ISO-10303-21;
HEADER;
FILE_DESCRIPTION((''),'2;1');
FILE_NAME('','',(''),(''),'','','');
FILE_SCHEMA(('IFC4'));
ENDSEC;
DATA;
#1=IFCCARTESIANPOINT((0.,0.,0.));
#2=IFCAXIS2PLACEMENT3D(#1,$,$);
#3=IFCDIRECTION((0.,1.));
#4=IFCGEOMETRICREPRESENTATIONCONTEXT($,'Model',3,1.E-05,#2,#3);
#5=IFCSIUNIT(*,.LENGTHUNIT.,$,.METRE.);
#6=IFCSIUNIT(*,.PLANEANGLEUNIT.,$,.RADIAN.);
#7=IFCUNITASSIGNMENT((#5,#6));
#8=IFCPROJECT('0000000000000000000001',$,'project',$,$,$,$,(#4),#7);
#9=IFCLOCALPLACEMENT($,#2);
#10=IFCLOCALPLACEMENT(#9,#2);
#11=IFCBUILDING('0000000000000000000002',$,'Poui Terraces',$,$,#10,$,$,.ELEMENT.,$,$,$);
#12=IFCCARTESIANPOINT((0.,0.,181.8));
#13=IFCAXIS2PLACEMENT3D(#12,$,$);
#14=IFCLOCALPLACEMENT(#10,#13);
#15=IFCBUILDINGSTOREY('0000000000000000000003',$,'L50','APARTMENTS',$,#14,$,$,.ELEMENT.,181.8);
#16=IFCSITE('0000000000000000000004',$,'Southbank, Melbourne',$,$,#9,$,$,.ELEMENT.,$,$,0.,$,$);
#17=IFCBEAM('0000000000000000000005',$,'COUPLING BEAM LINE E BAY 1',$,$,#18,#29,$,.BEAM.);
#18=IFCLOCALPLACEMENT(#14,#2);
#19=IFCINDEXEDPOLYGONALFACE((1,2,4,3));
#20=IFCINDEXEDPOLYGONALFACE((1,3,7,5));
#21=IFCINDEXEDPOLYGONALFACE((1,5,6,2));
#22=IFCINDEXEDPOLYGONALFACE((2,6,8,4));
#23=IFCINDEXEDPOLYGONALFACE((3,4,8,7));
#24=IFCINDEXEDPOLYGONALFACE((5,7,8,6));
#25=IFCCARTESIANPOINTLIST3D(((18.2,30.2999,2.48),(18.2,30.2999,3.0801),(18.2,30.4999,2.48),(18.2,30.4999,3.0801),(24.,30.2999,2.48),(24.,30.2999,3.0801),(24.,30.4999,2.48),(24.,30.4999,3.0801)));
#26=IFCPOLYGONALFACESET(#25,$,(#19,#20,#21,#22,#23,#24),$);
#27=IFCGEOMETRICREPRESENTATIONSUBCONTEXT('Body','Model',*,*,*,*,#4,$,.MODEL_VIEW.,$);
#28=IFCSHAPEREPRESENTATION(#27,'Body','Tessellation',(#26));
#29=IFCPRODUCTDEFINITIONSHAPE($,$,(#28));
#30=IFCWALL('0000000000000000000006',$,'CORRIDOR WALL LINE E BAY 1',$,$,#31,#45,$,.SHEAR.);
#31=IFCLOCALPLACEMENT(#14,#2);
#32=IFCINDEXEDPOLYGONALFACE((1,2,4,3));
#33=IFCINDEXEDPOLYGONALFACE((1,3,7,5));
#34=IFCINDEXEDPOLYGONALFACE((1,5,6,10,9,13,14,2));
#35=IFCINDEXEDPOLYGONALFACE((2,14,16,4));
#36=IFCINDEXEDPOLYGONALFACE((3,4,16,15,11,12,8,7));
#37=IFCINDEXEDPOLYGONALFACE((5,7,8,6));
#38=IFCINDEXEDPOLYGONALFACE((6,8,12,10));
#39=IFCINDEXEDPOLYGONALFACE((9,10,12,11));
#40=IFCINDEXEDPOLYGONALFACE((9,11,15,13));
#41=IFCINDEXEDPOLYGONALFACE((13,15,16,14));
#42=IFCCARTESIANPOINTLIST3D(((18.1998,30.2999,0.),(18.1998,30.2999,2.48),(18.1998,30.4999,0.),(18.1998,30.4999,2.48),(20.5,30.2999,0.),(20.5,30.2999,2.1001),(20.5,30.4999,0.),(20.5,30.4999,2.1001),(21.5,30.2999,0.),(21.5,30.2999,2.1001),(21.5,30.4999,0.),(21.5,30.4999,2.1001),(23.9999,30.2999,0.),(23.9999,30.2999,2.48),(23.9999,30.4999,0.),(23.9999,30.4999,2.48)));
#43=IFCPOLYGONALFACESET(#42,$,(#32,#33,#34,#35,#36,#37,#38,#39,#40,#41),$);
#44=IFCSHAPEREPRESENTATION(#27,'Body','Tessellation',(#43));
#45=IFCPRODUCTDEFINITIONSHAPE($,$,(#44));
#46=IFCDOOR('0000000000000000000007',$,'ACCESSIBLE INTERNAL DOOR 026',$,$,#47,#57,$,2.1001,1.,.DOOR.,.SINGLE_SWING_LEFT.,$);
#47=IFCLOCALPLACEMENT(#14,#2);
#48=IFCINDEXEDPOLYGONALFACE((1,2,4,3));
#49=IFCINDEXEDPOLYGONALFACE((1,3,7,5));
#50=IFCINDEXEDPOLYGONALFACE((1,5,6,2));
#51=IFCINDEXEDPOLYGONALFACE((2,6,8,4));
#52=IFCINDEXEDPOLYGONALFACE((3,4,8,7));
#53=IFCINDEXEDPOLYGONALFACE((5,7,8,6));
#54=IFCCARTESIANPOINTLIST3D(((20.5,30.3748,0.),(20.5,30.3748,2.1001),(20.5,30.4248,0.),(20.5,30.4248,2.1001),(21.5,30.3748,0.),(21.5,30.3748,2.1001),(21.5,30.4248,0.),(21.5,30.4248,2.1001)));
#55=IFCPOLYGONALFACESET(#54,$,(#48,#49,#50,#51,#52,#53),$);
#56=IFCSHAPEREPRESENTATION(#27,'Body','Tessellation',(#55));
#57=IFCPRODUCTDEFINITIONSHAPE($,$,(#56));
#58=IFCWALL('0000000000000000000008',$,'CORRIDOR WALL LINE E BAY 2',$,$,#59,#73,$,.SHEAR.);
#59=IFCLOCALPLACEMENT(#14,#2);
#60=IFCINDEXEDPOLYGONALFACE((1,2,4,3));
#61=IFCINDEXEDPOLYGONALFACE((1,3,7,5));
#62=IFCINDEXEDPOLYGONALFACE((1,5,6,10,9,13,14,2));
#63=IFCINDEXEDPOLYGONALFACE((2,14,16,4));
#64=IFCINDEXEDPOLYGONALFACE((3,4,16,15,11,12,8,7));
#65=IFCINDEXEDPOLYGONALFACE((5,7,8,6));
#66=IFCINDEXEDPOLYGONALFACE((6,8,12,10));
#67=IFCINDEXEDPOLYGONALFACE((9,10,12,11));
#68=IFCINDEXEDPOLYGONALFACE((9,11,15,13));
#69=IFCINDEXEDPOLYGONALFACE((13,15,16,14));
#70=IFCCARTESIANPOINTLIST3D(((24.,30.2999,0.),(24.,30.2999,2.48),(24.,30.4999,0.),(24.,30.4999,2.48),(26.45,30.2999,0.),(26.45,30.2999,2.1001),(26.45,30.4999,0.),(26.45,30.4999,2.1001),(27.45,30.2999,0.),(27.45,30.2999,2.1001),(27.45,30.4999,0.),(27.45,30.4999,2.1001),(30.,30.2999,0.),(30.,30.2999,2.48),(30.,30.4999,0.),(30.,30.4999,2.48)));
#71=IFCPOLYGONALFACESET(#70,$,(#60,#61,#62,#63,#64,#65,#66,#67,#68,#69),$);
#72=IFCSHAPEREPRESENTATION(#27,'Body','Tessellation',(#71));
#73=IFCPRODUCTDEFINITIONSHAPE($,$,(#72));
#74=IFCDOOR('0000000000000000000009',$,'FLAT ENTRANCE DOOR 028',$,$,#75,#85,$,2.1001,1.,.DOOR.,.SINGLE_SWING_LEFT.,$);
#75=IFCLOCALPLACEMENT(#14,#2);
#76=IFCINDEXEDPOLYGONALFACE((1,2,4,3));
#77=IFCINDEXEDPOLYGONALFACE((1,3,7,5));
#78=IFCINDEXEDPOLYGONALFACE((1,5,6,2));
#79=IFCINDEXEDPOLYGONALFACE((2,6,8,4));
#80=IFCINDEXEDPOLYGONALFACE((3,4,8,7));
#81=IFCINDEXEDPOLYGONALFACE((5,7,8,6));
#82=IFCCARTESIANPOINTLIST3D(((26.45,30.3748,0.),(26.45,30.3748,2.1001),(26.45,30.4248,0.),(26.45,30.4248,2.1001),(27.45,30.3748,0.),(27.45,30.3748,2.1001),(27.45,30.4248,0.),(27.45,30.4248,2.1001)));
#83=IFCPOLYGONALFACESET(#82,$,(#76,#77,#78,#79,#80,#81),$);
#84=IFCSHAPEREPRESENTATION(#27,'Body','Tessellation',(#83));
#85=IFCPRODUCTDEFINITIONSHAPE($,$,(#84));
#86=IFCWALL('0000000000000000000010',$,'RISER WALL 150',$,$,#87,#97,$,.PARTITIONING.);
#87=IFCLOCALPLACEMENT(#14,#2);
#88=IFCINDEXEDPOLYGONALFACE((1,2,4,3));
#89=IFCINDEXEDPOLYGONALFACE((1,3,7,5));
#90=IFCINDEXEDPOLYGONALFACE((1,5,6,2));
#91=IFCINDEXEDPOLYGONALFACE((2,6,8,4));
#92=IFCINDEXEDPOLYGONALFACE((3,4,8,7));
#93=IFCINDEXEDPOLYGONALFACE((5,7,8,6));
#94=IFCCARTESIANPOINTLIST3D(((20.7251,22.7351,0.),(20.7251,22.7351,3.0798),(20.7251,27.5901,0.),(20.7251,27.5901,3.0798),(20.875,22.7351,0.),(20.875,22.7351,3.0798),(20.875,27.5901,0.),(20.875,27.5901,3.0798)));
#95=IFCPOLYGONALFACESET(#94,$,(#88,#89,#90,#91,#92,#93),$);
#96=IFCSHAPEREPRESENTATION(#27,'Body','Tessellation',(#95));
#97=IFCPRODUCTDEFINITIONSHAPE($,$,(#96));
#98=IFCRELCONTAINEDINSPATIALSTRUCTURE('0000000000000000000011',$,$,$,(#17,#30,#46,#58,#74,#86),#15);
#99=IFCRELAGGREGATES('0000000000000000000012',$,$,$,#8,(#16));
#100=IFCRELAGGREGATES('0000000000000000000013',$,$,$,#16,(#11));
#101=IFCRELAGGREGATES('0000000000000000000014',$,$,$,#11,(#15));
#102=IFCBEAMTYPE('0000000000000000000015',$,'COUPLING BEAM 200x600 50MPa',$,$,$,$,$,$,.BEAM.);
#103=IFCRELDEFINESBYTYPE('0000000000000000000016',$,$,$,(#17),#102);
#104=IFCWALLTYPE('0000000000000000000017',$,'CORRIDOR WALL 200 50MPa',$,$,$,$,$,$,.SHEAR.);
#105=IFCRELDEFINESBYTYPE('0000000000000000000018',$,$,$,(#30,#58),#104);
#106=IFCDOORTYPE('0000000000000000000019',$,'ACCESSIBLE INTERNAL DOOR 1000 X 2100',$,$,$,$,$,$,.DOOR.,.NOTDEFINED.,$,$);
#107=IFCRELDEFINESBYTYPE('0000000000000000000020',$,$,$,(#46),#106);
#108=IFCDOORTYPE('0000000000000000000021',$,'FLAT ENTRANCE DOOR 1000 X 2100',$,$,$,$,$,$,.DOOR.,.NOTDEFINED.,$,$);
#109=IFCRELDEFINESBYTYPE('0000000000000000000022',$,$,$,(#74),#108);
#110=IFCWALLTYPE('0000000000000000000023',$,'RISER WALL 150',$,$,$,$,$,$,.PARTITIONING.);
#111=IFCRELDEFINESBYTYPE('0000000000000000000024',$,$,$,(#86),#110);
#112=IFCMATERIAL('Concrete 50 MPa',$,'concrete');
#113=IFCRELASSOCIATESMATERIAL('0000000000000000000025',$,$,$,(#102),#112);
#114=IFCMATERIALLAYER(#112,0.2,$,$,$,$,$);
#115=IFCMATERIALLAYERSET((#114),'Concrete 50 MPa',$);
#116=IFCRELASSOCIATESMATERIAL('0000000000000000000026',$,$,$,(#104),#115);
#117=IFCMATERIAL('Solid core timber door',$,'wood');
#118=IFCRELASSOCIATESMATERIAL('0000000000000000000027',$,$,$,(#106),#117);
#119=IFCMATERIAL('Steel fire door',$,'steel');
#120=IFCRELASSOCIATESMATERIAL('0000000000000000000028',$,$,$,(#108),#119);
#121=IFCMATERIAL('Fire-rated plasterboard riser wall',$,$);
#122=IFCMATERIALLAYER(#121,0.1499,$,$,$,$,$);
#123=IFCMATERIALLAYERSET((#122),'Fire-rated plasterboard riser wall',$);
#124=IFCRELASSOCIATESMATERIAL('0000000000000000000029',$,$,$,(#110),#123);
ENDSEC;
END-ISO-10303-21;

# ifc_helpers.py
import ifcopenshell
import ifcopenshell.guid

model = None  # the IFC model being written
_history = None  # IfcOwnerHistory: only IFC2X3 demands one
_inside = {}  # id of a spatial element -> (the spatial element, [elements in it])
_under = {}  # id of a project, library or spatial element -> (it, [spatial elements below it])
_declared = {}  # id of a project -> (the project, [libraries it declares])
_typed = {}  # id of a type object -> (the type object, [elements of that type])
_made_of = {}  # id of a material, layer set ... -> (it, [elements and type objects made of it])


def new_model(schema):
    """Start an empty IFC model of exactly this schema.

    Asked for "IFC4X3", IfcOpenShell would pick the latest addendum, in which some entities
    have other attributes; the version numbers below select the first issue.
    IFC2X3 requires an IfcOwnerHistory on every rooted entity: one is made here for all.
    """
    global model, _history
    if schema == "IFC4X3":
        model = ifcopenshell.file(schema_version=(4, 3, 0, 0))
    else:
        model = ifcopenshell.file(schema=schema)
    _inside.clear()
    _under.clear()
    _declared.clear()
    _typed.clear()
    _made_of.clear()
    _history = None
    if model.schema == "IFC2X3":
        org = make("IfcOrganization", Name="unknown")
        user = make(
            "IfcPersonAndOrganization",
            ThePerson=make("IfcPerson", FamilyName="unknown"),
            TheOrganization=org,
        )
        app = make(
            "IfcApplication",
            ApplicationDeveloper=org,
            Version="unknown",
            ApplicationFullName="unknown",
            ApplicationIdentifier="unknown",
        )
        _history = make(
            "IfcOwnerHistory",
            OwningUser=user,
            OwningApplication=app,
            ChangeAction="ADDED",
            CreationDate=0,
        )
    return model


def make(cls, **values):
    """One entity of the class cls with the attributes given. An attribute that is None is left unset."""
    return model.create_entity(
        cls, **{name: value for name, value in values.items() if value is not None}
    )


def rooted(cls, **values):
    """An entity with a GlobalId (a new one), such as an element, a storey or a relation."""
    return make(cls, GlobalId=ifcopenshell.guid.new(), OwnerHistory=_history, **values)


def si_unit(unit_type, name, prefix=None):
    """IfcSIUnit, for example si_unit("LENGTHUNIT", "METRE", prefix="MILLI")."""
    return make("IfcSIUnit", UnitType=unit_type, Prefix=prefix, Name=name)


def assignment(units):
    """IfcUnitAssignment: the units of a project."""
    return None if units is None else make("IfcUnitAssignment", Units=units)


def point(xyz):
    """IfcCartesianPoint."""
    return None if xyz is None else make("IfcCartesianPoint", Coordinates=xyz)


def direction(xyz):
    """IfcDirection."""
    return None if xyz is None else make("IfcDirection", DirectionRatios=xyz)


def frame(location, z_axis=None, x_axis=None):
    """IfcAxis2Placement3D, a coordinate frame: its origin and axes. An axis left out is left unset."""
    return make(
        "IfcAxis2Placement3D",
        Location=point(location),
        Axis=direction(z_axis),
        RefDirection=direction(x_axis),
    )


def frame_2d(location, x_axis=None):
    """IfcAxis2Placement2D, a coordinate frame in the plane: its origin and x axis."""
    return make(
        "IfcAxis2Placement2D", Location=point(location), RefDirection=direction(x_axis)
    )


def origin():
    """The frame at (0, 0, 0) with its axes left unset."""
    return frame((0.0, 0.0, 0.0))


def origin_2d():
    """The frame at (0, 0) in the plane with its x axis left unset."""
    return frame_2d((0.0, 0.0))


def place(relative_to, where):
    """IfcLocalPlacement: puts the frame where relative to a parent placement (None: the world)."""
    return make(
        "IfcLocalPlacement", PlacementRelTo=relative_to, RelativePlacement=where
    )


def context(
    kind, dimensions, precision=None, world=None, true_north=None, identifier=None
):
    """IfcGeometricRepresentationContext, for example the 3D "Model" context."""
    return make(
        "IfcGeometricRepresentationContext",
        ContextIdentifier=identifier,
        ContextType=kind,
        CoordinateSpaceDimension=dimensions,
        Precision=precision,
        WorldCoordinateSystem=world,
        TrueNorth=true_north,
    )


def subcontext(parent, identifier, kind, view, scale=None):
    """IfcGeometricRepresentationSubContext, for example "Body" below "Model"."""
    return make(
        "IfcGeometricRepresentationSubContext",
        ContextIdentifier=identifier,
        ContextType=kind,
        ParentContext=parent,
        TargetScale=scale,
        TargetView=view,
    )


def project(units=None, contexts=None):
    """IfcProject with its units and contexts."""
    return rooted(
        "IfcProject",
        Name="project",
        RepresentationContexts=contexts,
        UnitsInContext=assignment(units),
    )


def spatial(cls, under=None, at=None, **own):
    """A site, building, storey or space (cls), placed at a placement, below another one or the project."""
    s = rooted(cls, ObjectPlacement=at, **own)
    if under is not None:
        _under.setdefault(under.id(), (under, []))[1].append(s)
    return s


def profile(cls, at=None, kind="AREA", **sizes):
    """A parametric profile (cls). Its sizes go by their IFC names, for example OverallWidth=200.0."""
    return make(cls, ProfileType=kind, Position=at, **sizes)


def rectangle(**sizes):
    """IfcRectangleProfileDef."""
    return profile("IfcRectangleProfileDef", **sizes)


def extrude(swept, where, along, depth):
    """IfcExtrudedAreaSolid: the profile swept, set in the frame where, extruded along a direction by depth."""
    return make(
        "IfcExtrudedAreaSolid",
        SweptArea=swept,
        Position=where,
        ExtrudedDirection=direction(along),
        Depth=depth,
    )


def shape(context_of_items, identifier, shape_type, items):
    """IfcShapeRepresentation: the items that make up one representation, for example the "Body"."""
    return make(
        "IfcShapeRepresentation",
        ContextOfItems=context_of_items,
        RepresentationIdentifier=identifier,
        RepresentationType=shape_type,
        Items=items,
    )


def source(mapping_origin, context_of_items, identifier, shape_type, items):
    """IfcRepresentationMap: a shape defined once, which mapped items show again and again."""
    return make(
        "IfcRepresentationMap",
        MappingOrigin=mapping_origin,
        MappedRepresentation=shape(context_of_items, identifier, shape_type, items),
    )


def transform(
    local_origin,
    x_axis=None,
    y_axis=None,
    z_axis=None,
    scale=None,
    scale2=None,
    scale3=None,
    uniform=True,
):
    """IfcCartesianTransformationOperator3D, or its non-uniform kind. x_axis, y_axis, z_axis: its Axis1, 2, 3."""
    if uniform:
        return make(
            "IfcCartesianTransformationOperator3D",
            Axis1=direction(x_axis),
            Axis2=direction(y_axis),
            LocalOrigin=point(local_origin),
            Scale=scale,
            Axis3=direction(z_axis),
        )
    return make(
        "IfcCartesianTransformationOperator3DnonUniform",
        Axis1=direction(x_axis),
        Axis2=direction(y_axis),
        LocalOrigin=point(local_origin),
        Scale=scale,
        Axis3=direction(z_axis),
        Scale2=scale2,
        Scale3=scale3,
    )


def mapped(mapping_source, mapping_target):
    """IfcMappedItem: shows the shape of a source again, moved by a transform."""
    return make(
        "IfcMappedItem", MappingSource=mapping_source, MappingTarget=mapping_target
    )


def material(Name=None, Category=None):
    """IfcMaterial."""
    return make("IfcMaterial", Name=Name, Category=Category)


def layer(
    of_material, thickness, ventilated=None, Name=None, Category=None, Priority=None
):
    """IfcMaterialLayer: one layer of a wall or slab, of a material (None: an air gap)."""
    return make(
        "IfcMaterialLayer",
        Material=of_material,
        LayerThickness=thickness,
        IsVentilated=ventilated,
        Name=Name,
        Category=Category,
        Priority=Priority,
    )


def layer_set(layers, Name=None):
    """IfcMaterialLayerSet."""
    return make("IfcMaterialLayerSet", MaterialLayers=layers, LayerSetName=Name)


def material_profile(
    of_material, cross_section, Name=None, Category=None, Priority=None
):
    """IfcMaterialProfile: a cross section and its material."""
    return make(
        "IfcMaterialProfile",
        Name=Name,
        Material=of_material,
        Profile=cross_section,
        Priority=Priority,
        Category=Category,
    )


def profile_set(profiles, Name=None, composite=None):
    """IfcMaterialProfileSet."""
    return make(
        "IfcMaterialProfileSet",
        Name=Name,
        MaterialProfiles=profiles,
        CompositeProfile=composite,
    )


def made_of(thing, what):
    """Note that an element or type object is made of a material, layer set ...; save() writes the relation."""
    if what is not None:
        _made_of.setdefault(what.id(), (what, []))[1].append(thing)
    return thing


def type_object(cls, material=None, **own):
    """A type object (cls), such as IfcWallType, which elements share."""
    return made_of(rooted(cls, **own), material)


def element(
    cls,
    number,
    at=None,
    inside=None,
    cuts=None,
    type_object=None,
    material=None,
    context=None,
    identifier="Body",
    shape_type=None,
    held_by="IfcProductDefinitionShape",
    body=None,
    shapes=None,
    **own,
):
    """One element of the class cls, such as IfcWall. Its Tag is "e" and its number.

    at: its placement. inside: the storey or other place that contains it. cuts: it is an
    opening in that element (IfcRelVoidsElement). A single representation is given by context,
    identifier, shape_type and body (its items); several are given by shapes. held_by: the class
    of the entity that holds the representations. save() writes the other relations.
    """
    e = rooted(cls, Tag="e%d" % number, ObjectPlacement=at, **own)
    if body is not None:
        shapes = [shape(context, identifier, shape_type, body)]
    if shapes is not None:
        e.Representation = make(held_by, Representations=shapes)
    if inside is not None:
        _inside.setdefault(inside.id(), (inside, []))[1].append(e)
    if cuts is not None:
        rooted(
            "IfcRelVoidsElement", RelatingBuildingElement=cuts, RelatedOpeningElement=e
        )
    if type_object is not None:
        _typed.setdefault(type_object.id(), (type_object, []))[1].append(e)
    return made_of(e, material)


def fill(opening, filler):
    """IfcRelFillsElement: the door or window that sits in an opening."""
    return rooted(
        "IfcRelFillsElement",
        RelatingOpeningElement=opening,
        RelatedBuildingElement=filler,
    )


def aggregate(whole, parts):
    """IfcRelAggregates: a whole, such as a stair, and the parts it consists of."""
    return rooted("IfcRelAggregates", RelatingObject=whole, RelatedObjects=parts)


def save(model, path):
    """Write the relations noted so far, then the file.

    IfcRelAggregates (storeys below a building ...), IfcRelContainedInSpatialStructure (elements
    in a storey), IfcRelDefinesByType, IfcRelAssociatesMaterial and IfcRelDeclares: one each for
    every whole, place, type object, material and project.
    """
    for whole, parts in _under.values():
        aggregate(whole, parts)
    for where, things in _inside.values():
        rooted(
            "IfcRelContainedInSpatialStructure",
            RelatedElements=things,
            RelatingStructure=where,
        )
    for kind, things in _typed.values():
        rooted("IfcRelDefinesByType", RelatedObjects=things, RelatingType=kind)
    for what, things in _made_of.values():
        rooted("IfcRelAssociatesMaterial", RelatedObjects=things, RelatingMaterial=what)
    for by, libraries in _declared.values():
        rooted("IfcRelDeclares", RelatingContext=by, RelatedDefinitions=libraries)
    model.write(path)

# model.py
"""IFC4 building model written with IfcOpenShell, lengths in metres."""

from ifc_helpers import new_model, si_unit, direction, frame, frame_2d, origin, origin_2d, place, context, subcontext, project, spatial, rectangle, extrude, source, transform, mapped, material, layer, layer_set, material_profile, profile_set, type_object, element, fill, save


model = new_model("IFC4")

# Units and contexts
model_context = context("Model", 3, precision=1e-05, world=origin(), true_north=direction((0.0, 1.0)))
body_context = subcontext(model_context, "Body", "Model", "MODEL_VIEW")
ifc_project = project(units=[si_unit("LENGTHUNIT", "METRE"), si_unit("PLANEANGLEUNIT", "RADIAN")], contexts=[model_context])

# Site, building, storey
site_placement = place(None, origin())
site = spatial("IfcSite", under=ifc_project, at=site_placement, Name="Southbank, Melbourne", CompositionType="ELEMENT", RefElevation=0.0)
building_placement = place(site_placement, origin())
building = spatial("IfcBuilding", under=site, at=building_placement, Name="Poui Terraces", CompositionType="ELEMENT")
storey_placement = place(building_placement, frame((0.0, 0.0, 181.8)))
storey = spatial("IfcBuildingStorey", under=building, at=storey_placement, Name="L50", Description="APARTMENTS", CompositionType="ELEMENT", Elevation=181.8)

# Beam
ifc_material_1 = material(Name="Concrete 50 MPa", Category="concrete")
ifc_material_profile = material_profile(ifc_material_1, rectangle(XDim=0.2, YDim=0.6001, at=origin_2d()), Name="RC 200x600")
ifc_profile_set = profile_set([ifc_material_profile], Name="Concrete 50 MPa")
beam_type = type_object("IfcBeamType", Name="COUPLING BEAM 200x600 50MPa", PredefinedType="BEAM", material=ifc_profile_set)
shared_shape = source(origin(), body_context, "Body", "SweptSolid", [
    extrude(rectangle(XDim=0.2, YDim=0.6001, at=origin_2d()), origin(), (0.0, 0.0, 1.0), 5.8),
])
beam_placement = place(storey_placement, frame((18.2, 30.3999, 2.78), z_axis=(1.0, 0.0, 0.0), x_axis=(0.0, 1.0, 0.0)))
element("IfcBeam", 1, at=beam_placement, inside=storey, type_object=beam_type, Name="COUPLING BEAM LINE E BAY 1", PredefinedType="BEAM", context=body_context, shape_type="MappedRepresentation", body=[
    mapped(shared_shape, transform((0.0, 0.0, 0.0))),
])

# Walls, openings, doors
ifc_layer_1 = layer(ifc_material_1, 0.2)
ifc_layer_set_1 = layer_set([ifc_layer_1], Name="Concrete 50 MPa")
wall_type_1 = type_object("IfcWallType", Name="CORRIDOR WALL 200 50MPa", PredefinedType="SHEAR", material=ifc_layer_set_1)
wall_1_placement = place(storey_placement, frame((18.2, 30.3999, 0.0), z_axis=(0.0, 0.0, 1.0), x_axis=(1.0, 0.0, 0.0)))
wall_1 = element("IfcWall", 2, at=wall_1_placement, inside=storey, type_object=wall_type_1, Name="CORRIDOR WALL LINE E BAY 1", PredefinedType="SHEAR", context=body_context, shape_type="SweptSolid", body=[
    extrude(rectangle(XDim=5.8, YDim=0.2, at=frame_2d((2.8999, 0.0))), origin(), (0.0, 0.0, 1.0), 2.48),
])
opening_1_placement = place(wall_1_placement, frame((2.3, 0.0, 0.0)))
opening_1 = element("IfcOpeningElement", 3, at=opening_1_placement, cuts=wall_1, PredefinedType="OPENING", context=body_context, shape_type="SweptSolid", body=[
    extrude(rectangle(XDim=1.0, YDim=2.1001, at=frame_2d((0.5, 1.05))), frame((0.0, 0.1099, 0.0), z_axis=(0.0, -1.0, 0.0), x_axis=(1.0, 0.0, 0.0)), (0.0, 0.0, 1.0), 0.22),
])
ifc_material_2 = material(Name="Solid core timber door", Category="wood")
door_type_1 = type_object("IfcDoorType", Name="ACCESSIBLE INTERNAL DOOR 1000 X 2100", OperationType="NOTDEFINED", PredefinedType="DOOR", material=ifc_material_2)
door_1_placement = place(opening_1_placement, origin())
door_1 = element("IfcDoor", 4, at=door_1_placement, inside=storey, type_object=door_type_1, Name="ACCESSIBLE INTERNAL DOOR 026", OperationType="SINGLE_SWING_LEFT", OverallHeight=2.1001, OverallWidth=1.0, PredefinedType="DOOR", context=body_context, shape_type="SweptSolid", body=[
    extrude(rectangle(XDim=1.0, YDim=2.1001, at=frame_2d((0.5, 1.05))), frame((0.0, 0.0249, 0.0), z_axis=(0.0, -1.0, 0.0), x_axis=(1.0, 0.0, 0.0)), (0.0, 0.0, 1.0), 0.05),
])
fill(opening_1, door_1)
wall_2_placement = place(storey_placement, frame((24.0, 30.3999, 0.0), z_axis=(0.0, 0.0, 1.0), x_axis=(1.0, 0.0, 0.0)))
wall_2 = element("IfcWall", 5, at=wall_2_placement, inside=storey, type_object=wall_type_1, Name="CORRIDOR WALL LINE E BAY 2", PredefinedType="SHEAR", context=body_context, shape_type="SweptSolid", body=[
    extrude(rectangle(XDim=6.0, YDim=0.2, at=frame_2d((3.0, 0.0))), origin(), (0.0, 0.0, 1.0), 2.48),
])
opening_2_placement = place(wall_2_placement, frame((2.45, 0.0, 0.0)))
opening_2 = element("IfcOpeningElement", 6, at=opening_2_placement, cuts=wall_2, PredefinedType="OPENING", context=body_context, shape_type="SweptSolid", body=[
    extrude(rectangle(XDim=1.0, YDim=2.1001, at=frame_2d((0.5, 1.05))), frame((0.0, 0.1099, 0.0), z_axis=(0.0, -1.0, 0.0), x_axis=(1.0, 0.0, 0.0)), (0.0, 0.0, 1.0), 0.22),
])
ifc_material_3 = material(Name="Steel fire door", Category="steel")
door_type_2 = type_object("IfcDoorType", Name="FLAT ENTRANCE DOOR 1000 X 2100", OperationType="NOTDEFINED", PredefinedType="DOOR", material=ifc_material_3)
door_2_placement = place(opening_2_placement, origin())
door_2 = element("IfcDoor", 7, at=door_2_placement, inside=storey, type_object=door_type_2, Name="FLAT ENTRANCE DOOR 028", OperationType="SINGLE_SWING_LEFT", OverallHeight=2.1001, OverallWidth=1.0, PredefinedType="DOOR", context=body_context, shape_type="SweptSolid", body=[
    extrude(rectangle(XDim=1.0, YDim=2.1001, at=frame_2d((0.5, 1.05))), frame((0.0, 0.0249, 0.0), z_axis=(0.0, -1.0, 0.0), x_axis=(1.0, 0.0, 0.0)), (0.0, 0.0, 1.0), 0.05),
])
fill(opening_2, door_2)

# Wall
ifc_material_4 = material(Name="Fire-rated plasterboard riser wall")
ifc_layer_2 = layer(ifc_material_4, 0.1499)
ifc_layer_set_2 = layer_set([ifc_layer_2], Name="Fire-rated plasterboard riser wall")
wall_type_2 = type_object("IfcWallType", Name="RISER WALL 150", PredefinedType="PARTITIONING", material=ifc_layer_set_2)
wall_3_placement = place(storey_placement, frame((20.8, 22.7351, 0.0), z_axis=(0.0, 0.0, 1.0), x_axis=(0.0, 1.0, 0.0)))
element("IfcWall", 8, at=wall_3_placement, inside=storey, type_object=wall_type_2, Name="RISER WALL 150", PredefinedType="PARTITIONING", context=body_context, shape_type="SweptSolid", body=[
    extrude(rectangle(XDim=4.855, YDim=0.1499, at=frame_2d((2.4275, 0.0))), origin(), (0.0, 0.0, 1.0), 3.0798),
])

save(model, "model.ifc")
